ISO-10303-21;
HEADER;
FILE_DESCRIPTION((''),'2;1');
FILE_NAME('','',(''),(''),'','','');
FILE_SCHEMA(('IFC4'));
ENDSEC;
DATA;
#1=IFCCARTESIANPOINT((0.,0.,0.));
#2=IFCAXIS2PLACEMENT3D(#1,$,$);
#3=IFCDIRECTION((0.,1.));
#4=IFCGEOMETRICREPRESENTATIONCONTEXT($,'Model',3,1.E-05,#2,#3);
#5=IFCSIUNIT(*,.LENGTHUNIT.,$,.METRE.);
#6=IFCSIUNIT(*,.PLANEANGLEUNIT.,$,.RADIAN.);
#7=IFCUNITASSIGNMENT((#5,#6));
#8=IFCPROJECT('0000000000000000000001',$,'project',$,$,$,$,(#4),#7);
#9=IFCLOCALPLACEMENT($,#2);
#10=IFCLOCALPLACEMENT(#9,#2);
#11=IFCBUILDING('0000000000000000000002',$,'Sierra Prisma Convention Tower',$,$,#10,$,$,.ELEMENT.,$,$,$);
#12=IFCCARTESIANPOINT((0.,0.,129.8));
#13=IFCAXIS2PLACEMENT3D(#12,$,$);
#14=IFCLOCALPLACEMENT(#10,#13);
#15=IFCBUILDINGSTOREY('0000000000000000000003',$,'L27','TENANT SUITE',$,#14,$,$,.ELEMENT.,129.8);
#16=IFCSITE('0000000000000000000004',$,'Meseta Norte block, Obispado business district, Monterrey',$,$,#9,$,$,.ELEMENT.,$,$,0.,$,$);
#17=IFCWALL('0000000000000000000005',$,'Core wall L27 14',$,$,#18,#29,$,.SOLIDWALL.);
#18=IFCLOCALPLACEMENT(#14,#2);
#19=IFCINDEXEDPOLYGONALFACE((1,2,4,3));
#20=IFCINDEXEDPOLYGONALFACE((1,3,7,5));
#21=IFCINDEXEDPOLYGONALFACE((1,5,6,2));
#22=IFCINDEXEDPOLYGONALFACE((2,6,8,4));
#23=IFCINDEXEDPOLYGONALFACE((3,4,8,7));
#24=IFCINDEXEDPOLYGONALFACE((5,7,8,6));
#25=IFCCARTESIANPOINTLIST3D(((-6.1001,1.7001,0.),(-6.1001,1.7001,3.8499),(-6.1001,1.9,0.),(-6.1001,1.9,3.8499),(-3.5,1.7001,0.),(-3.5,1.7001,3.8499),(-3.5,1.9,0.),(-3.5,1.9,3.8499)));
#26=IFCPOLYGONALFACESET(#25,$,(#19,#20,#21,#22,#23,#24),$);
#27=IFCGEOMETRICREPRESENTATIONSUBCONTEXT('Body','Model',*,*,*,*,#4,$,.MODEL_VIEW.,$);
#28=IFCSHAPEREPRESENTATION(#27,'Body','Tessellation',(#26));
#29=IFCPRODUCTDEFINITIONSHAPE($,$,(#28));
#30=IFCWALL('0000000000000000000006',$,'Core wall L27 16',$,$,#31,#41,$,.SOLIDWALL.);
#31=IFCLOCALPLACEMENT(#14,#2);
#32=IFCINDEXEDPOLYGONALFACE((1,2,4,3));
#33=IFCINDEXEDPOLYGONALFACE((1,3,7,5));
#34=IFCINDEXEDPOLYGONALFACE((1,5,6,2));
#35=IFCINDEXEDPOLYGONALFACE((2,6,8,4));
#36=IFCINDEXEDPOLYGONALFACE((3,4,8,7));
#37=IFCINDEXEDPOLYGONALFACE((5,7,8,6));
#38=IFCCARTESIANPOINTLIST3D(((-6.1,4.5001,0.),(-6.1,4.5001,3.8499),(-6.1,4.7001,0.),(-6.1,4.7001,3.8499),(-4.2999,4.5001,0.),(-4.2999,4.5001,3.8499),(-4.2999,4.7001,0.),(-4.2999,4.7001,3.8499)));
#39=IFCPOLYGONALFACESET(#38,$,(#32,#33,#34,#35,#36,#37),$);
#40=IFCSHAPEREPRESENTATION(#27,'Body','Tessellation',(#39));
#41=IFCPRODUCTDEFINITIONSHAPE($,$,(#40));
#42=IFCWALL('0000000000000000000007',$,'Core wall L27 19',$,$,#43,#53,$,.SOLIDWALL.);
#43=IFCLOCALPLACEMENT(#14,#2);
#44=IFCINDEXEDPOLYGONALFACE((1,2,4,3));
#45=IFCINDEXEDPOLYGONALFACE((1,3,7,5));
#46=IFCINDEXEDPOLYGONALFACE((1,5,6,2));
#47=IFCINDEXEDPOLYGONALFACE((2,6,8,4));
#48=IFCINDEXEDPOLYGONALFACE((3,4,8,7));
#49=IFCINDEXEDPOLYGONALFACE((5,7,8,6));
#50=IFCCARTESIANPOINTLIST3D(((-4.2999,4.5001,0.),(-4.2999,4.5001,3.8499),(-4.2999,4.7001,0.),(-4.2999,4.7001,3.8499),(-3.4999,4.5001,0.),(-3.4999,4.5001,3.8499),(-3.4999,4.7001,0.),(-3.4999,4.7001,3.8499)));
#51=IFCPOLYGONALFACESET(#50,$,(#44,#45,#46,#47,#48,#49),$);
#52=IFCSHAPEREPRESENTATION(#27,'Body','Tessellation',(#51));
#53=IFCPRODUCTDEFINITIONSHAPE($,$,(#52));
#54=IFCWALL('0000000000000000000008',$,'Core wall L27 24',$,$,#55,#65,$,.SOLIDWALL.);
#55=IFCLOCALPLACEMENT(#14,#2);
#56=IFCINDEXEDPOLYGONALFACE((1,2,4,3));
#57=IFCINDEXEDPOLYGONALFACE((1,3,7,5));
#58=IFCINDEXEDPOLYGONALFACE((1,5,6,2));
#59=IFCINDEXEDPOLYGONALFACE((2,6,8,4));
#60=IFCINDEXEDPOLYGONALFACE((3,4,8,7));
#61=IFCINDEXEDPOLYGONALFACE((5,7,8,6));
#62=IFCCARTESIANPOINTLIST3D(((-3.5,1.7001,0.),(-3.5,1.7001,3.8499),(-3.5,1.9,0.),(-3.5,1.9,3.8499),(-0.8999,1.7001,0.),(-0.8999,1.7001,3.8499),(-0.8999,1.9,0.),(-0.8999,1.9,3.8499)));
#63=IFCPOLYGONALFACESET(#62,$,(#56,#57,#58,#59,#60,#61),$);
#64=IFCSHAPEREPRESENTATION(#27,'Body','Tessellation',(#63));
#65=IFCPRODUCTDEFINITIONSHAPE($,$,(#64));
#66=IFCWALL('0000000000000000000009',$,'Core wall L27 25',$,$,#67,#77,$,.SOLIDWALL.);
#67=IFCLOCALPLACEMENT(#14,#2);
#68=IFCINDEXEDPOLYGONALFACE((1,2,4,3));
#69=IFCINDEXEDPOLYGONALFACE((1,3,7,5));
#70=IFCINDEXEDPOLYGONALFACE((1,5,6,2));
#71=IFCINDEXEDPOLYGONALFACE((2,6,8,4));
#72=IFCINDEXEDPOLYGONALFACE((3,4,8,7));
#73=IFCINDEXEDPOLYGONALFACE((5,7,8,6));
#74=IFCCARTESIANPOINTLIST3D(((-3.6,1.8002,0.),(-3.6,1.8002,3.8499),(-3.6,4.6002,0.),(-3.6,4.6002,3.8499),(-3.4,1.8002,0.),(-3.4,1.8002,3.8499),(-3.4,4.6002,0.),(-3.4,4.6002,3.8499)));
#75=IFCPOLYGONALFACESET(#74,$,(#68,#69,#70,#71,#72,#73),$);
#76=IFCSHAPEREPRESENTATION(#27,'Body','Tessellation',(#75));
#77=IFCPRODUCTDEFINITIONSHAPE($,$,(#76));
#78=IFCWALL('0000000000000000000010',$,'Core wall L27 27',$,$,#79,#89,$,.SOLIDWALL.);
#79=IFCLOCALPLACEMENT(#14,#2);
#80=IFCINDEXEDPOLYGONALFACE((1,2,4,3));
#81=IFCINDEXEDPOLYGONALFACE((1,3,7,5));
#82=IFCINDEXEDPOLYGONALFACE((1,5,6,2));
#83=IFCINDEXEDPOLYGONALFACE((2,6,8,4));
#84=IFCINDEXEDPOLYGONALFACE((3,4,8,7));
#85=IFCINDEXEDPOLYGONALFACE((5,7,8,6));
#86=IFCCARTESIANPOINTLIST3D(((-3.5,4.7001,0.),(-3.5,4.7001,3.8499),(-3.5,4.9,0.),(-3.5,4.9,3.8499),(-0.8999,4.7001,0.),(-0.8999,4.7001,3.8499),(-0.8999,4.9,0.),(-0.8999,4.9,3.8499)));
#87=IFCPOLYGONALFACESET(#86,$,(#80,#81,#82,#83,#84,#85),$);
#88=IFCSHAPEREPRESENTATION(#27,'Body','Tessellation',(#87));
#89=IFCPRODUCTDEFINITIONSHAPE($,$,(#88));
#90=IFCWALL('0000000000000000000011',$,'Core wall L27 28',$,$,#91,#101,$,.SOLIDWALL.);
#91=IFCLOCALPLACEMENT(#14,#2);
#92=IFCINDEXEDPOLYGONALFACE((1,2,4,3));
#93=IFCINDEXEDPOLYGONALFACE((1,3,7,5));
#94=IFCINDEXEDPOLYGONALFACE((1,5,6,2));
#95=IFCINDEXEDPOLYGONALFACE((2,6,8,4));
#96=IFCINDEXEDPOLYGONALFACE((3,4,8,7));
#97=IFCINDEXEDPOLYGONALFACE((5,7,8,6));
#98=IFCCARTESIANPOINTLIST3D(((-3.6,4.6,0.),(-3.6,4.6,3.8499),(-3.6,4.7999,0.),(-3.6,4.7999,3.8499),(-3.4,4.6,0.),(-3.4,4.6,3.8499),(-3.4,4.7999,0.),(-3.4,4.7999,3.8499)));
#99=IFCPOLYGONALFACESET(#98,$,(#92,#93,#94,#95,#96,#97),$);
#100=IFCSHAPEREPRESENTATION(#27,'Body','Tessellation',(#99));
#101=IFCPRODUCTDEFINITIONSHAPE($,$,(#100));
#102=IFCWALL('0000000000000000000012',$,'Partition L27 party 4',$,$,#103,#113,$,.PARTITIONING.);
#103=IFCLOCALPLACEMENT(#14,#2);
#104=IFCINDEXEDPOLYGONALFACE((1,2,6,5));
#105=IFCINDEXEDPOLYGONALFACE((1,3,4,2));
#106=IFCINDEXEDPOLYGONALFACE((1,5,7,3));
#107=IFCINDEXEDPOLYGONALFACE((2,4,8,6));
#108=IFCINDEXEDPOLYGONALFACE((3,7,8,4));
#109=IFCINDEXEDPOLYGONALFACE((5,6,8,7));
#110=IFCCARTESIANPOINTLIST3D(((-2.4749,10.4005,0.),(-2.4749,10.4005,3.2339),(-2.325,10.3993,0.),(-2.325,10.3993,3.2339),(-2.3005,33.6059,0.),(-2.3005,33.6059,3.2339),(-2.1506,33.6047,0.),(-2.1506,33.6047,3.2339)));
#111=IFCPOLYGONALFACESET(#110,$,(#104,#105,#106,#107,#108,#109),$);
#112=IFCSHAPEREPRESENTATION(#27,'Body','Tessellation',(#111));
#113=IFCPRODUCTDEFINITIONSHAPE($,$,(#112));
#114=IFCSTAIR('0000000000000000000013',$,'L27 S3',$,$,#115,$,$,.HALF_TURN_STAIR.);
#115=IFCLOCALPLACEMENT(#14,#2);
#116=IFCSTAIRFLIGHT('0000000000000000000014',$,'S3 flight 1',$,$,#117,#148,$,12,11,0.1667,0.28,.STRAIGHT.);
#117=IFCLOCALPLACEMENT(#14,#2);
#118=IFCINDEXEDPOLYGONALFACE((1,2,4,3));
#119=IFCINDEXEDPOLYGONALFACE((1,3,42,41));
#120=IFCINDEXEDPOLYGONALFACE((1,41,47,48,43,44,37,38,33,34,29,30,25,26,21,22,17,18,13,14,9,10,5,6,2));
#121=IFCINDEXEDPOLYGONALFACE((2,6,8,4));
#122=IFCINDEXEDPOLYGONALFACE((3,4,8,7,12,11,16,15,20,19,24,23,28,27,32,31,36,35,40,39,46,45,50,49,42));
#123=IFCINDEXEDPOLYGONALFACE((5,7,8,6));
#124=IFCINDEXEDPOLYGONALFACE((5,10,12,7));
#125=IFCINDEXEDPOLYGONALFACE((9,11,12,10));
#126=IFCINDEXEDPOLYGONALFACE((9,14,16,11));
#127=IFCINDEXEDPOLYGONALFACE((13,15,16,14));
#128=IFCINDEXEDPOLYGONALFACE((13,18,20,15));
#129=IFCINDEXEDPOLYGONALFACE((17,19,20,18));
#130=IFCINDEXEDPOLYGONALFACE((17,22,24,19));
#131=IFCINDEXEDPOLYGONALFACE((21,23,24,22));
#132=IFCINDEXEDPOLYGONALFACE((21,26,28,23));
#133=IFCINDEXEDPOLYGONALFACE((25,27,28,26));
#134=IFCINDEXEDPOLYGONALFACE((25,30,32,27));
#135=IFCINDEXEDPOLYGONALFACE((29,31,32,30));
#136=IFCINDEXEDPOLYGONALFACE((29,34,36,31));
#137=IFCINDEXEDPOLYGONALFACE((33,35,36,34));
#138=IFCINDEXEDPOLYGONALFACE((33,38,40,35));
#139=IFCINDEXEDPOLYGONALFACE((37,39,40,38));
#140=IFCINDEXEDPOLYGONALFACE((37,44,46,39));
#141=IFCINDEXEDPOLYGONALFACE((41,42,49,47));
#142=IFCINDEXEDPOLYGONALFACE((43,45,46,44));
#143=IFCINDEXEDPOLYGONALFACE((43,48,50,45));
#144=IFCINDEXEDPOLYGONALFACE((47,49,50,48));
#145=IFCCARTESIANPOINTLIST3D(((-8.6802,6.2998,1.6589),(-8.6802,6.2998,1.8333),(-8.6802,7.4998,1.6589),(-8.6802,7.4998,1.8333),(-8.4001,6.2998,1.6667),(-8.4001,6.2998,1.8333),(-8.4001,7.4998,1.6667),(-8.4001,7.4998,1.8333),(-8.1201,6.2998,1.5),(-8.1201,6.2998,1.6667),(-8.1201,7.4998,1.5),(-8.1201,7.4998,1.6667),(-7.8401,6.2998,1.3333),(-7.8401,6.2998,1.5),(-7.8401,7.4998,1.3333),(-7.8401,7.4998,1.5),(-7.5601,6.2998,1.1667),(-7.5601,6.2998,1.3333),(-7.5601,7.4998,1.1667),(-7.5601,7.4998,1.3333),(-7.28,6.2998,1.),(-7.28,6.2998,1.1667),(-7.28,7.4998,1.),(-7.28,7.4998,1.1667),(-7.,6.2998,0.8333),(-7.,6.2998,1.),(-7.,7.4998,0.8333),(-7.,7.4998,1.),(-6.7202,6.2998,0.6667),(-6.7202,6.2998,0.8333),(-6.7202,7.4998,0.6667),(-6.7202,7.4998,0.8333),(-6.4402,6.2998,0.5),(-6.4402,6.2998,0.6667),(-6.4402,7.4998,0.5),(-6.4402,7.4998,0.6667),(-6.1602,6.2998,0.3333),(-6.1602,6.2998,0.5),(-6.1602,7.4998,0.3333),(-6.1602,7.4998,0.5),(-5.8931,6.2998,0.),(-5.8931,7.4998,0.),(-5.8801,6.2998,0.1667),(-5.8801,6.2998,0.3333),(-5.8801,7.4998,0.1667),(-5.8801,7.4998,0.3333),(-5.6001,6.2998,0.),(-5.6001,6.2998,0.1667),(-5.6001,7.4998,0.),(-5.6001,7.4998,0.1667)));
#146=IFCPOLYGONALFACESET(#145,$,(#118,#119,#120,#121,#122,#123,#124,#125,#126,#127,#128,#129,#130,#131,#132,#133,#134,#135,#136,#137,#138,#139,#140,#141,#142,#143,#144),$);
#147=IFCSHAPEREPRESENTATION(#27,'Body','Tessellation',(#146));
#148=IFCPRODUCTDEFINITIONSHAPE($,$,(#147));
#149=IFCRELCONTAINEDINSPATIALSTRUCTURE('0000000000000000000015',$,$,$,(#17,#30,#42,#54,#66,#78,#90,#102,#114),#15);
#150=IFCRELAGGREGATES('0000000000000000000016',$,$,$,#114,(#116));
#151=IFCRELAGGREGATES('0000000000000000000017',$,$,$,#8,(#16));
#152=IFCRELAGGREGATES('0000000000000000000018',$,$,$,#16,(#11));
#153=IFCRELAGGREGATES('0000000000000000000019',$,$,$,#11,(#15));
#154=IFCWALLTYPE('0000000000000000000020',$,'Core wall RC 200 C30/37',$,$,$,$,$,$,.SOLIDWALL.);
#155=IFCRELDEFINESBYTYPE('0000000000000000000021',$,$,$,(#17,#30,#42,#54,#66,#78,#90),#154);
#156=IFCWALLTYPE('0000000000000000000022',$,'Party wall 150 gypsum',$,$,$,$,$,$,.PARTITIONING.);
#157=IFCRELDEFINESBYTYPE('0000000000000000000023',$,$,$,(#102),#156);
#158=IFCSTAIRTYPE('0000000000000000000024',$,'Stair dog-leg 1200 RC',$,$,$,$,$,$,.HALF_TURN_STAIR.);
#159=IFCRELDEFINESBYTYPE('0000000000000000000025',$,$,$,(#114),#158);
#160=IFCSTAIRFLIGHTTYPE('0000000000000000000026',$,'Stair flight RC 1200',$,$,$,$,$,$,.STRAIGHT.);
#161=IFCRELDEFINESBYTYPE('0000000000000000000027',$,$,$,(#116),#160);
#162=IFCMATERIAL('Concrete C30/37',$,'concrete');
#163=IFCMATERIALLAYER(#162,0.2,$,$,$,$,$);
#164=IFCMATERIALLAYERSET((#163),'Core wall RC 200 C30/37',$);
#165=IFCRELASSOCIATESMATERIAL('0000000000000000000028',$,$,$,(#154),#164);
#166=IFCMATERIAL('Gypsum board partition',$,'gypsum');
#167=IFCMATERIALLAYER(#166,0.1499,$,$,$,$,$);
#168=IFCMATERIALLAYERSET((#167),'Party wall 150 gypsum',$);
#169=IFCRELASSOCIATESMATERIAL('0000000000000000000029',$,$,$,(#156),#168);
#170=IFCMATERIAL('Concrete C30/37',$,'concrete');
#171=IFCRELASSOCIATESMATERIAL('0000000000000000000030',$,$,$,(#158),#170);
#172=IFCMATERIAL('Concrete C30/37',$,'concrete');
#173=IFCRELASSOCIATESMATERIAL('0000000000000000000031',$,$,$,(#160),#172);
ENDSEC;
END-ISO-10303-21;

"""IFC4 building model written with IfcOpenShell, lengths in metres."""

from ifc_helpers import new_model, si_unit, direction, frame, frame_2d, origin, place, context, subcontext, project, spatial, polyline, rectangle, outline, extrude, material, layer, layer_set, type_object, element, aggregate, save


model = new_model("IFC4")

# Units and contexts
model_context = context("Model", 3, precision=1e-05, world=origin(), true_north=direction((0.0, 1.0)))
body_context = subcontext(model_context, "Body", "Model", "MODEL_VIEW")
ifc_project = project(units=[si_unit("LENGTHUNIT", "METRE"), si_unit("PLANEANGLEUNIT", "RADIAN")], contexts=[model_context])

# Site, building, storey
site_placement = place(None, origin())
site = spatial("IfcSite", under=ifc_project, at=site_placement, Name="Meseta Norte block, Obispado business district, Monterrey", CompositionType="ELEMENT", RefElevation=0.0)
building_placement = place(site_placement, origin())
building = spatial("IfcBuilding", under=site, at=building_placement, Name="Sierra Prisma Convention Tower", CompositionType="ELEMENT")
storey_placement = place(building_placement, frame((0.0, 0.0, 129.8)))
storey = spatial("IfcBuildingStorey", under=building, at=storey_placement, Name="L27", Description="TENANT SUITE", CompositionType="ELEMENT", Elevation=129.8)

# Walls
ifc_material_1 = material(Name="Concrete C30/37", Category="concrete")
ifc_layer_1 = layer(ifc_material_1, 0.2)
ifc_layer_set_1 = layer_set([ifc_layer_1], Name="Core wall RC 200 C30/37")
wall_type_1 = type_object("IfcWallType", Name="Core wall RC 200 C30/37", PredefinedType="SOLIDWALL", material=ifc_layer_set_1)
wall_1_placement = place(storey_placement, frame((-3.5, 1.8, 0.0), z_axis=(0.0, 0.0, 1.0), x_axis=(-1.0, 0.0, 0.0)))
element("IfcWall", 1, at=wall_1_placement, inside=storey, type_object=wall_type_1, Name="Core wall L27 14", PredefinedType="SOLIDWALL", context=body_context, shape_type="SweptSolid", body=[
    extrude(rectangle(XDim=2.6001, YDim=0.2, at=frame_2d((1.3, 0.0))), origin(), (0.0, 0.0, 1.0), 3.8499),
])
wall_2_placement = place(storey_placement, frame((-4.3, 4.6001, 0.0), z_axis=(0.0, 0.0, 1.0), x_axis=(-1.0, 0.0, 0.0)))
element("IfcWall", 2, at=wall_2_placement, inside=storey, type_object=wall_type_1, Name="Core wall L27 16", PredefinedType="SOLIDWALL", context=body_context, shape_type="SweptSolid", body=[
    extrude(rectangle(XDim=1.8, YDim=0.2, at=frame_2d((0.8999, 0.0))), origin(), (0.0, 0.0, 1.0), 3.8499),
])
wall_3_placement = place(storey_placement, frame((-3.5, 4.6001, 0.0), z_axis=(0.0, 0.0, 1.0), x_axis=(-1.0, 0.0, 0.0)))
element("IfcWall", 3, at=wall_3_placement, inside=storey, type_object=wall_type_1, Name="Core wall L27 19", PredefinedType="SOLIDWALL", context=body_context, shape_type="SweptSolid", body=[
    extrude(rectangle(XDim=0.8, YDim=0.2, at=frame_2d((0.3999, 0.0))), origin(), (0.0, 0.0, 1.0), 3.8499),
])

# Walls
wall_4_placement = place(storey_placement, frame((-0.8999, 1.8, 0.0), z_axis=(0.0, 0.0, 1.0), x_axis=(-1.0, 0.0, 0.0)))
element("IfcWall", 4, at=wall_4_placement, inside=storey, type_object=wall_type_1, Name="Core wall L27 24", PredefinedType="SOLIDWALL", context=body_context, shape_type="SweptSolid", body=[
    extrude(rectangle(XDim=2.6001, YDim=0.2, at=frame_2d((1.3, 0.0))), origin(), (0.0, 0.0, 1.0), 3.8499),
])
wall_5_placement = place(storey_placement, frame((-3.5, 4.6001, 0.0), z_axis=(0.0, 0.0, 1.0), x_axis=(0.0, -1.0, 0.0)))
element("IfcWall", 5, at=wall_5_placement, inside=storey, type_object=wall_type_1, Name="Core wall L27 25", PredefinedType="SOLIDWALL", context=body_context, shape_type="SweptSolid", body=[
    extrude(rectangle(XDim=2.8, YDim=0.2, at=frame_2d((1.3999, 0.0))), origin(), (0.0, 0.0, 1.0), 3.8499),
])

# Walls
wall_6_placement = place(storey_placement, frame((-0.8999, 4.8, 0.0), z_axis=(0.0, 0.0, 1.0), x_axis=(-1.0, 0.0, 0.0)))
element("IfcWall", 6, at=wall_6_placement, inside=storey, type_object=wall_type_1, Name="Core wall L27 27", PredefinedType="SOLIDWALL", context=body_context, shape_type="SweptSolid", body=[
    extrude(rectangle(XDim=2.6001, YDim=0.2, at=frame_2d((1.3, 0.0))), origin(), (0.0, 0.0, 1.0), 3.8499),
])
wall_7_placement = place(storey_placement, frame((-3.5, 4.8, 0.0), z_axis=(0.0, 0.0, 1.0), x_axis=(0.0, -1.0, 0.0)))
element("IfcWall", 7, at=wall_7_placement, inside=storey, type_object=wall_type_1, Name="Core wall L27 28", PredefinedType="SOLIDWALL", context=body_context, shape_type="SweptSolid", body=[
    extrude(rectangle(XDim=0.2, YDim=0.2, at=frame_2d((0.1001, 0.0))), origin(), (0.0, 0.0, 1.0), 3.8499),
])

# Wall
ifc_material_2 = material(Name="Gypsum board partition", Category="gypsum")
ifc_layer_2 = layer(ifc_material_2, 0.1499)
ifc_layer_set_2 = layer_set([ifc_layer_2], Name="Party wall 150 gypsum")
wall_type_2 = type_object("IfcWallType", Name="Party wall 150 gypsum", PredefinedType="PARTITIONING", material=ifc_layer_set_2)
wall_8_placement = place(storey_placement, frame((-2.3999, 10.3999, 0.0), z_axis=(0.0, 0.0, 1.0), x_axis=(0.007512, 0.999972, 0.0)))
element("IfcWall", 8, at=wall_8_placement, inside=storey, type_object=wall_type_2, Name="Partition L27 party 4", PredefinedType="PARTITIONING", context=body_context, shape_type="SweptSolid", body=[
    extrude(rectangle(XDim=23.2061, YDim=0.1499, at=frame_2d((11.603, 0.0))), origin(), (0.0, 0.0, 1.0), 3.2339),
])

# Stair, stair flight
ifc_material_3 = material(Name="Concrete C30/37", Category="concrete")
stair_type = type_object("IfcStairType", Name="Stair dog-leg 1200 RC", PredefinedType="HALF_TURN_STAIR", material=ifc_material_3)
stair_placement = place(storey_placement, origin())
stair = element("IfcStair", 9, at=stair_placement, inside=storey, type_object=stair_type, Name="L27 S3", PredefinedType="HALF_TURN_STAIR")
ifc_material_4 = material(Name="Concrete C30/37", Category="concrete")
stair_flight_type = type_object("IfcStairFlightType", Name="Stair flight RC 1200", PredefinedType="STRAIGHT", material=ifc_material_4)
stair_flight_placement = place(storey_placement, frame((-5.6001, 6.8999, 0.0), z_axis=(0.0, 0.0, 1.0), x_axis=(-1.0, 0.0, 0.0)))
stair_flight = element("IfcStairFlight", 10, at=stair_flight_placement, type_object=stair_flight_type, Name="S3 flight 1", NumberOfRisers=12, NumberOfTreads=11, PredefinedType="STRAIGHT", RiserHeight=0.1667, TreadLength=0.28, context=body_context, shape_type="SweptSolid", body=[
    extrude(outline(polyline([(0.0, 0.0), (0.0, 0.1667), (0.28, 0.1667), (0.28, 0.3333), (0.5601, 0.3333), (0.5601, 0.5), (0.8401, 0.5), (0.8401, 0.6667), (1.1201, 0.6667), (1.1201, 0.8333), (1.3999, 0.8333), (1.3999, 1.0), (1.6799, 1.0), (1.6799, 1.1667), (1.96, 1.1667), (1.96, 1.3333), (2.24, 1.3333), (2.24, 1.5), (2.52, 1.5), (2.52, 1.6667), (2.8, 1.6667), (2.8, 1.8333), (3.0801, 1.8333), (3.0801, 2.0), (3.0801, 1.6589), (0.293, 0.0), (0.0, 0.0)])), frame((0.0, 0.6001, 0.0), z_axis=(0.0, -1.0, 0.0), x_axis=(1.0, 0.0, 0.0)), (0.0, 0.0, 1.0), 1.2),
])
aggregate(stair, [stair_flight])

save(model, "model.ifc")
